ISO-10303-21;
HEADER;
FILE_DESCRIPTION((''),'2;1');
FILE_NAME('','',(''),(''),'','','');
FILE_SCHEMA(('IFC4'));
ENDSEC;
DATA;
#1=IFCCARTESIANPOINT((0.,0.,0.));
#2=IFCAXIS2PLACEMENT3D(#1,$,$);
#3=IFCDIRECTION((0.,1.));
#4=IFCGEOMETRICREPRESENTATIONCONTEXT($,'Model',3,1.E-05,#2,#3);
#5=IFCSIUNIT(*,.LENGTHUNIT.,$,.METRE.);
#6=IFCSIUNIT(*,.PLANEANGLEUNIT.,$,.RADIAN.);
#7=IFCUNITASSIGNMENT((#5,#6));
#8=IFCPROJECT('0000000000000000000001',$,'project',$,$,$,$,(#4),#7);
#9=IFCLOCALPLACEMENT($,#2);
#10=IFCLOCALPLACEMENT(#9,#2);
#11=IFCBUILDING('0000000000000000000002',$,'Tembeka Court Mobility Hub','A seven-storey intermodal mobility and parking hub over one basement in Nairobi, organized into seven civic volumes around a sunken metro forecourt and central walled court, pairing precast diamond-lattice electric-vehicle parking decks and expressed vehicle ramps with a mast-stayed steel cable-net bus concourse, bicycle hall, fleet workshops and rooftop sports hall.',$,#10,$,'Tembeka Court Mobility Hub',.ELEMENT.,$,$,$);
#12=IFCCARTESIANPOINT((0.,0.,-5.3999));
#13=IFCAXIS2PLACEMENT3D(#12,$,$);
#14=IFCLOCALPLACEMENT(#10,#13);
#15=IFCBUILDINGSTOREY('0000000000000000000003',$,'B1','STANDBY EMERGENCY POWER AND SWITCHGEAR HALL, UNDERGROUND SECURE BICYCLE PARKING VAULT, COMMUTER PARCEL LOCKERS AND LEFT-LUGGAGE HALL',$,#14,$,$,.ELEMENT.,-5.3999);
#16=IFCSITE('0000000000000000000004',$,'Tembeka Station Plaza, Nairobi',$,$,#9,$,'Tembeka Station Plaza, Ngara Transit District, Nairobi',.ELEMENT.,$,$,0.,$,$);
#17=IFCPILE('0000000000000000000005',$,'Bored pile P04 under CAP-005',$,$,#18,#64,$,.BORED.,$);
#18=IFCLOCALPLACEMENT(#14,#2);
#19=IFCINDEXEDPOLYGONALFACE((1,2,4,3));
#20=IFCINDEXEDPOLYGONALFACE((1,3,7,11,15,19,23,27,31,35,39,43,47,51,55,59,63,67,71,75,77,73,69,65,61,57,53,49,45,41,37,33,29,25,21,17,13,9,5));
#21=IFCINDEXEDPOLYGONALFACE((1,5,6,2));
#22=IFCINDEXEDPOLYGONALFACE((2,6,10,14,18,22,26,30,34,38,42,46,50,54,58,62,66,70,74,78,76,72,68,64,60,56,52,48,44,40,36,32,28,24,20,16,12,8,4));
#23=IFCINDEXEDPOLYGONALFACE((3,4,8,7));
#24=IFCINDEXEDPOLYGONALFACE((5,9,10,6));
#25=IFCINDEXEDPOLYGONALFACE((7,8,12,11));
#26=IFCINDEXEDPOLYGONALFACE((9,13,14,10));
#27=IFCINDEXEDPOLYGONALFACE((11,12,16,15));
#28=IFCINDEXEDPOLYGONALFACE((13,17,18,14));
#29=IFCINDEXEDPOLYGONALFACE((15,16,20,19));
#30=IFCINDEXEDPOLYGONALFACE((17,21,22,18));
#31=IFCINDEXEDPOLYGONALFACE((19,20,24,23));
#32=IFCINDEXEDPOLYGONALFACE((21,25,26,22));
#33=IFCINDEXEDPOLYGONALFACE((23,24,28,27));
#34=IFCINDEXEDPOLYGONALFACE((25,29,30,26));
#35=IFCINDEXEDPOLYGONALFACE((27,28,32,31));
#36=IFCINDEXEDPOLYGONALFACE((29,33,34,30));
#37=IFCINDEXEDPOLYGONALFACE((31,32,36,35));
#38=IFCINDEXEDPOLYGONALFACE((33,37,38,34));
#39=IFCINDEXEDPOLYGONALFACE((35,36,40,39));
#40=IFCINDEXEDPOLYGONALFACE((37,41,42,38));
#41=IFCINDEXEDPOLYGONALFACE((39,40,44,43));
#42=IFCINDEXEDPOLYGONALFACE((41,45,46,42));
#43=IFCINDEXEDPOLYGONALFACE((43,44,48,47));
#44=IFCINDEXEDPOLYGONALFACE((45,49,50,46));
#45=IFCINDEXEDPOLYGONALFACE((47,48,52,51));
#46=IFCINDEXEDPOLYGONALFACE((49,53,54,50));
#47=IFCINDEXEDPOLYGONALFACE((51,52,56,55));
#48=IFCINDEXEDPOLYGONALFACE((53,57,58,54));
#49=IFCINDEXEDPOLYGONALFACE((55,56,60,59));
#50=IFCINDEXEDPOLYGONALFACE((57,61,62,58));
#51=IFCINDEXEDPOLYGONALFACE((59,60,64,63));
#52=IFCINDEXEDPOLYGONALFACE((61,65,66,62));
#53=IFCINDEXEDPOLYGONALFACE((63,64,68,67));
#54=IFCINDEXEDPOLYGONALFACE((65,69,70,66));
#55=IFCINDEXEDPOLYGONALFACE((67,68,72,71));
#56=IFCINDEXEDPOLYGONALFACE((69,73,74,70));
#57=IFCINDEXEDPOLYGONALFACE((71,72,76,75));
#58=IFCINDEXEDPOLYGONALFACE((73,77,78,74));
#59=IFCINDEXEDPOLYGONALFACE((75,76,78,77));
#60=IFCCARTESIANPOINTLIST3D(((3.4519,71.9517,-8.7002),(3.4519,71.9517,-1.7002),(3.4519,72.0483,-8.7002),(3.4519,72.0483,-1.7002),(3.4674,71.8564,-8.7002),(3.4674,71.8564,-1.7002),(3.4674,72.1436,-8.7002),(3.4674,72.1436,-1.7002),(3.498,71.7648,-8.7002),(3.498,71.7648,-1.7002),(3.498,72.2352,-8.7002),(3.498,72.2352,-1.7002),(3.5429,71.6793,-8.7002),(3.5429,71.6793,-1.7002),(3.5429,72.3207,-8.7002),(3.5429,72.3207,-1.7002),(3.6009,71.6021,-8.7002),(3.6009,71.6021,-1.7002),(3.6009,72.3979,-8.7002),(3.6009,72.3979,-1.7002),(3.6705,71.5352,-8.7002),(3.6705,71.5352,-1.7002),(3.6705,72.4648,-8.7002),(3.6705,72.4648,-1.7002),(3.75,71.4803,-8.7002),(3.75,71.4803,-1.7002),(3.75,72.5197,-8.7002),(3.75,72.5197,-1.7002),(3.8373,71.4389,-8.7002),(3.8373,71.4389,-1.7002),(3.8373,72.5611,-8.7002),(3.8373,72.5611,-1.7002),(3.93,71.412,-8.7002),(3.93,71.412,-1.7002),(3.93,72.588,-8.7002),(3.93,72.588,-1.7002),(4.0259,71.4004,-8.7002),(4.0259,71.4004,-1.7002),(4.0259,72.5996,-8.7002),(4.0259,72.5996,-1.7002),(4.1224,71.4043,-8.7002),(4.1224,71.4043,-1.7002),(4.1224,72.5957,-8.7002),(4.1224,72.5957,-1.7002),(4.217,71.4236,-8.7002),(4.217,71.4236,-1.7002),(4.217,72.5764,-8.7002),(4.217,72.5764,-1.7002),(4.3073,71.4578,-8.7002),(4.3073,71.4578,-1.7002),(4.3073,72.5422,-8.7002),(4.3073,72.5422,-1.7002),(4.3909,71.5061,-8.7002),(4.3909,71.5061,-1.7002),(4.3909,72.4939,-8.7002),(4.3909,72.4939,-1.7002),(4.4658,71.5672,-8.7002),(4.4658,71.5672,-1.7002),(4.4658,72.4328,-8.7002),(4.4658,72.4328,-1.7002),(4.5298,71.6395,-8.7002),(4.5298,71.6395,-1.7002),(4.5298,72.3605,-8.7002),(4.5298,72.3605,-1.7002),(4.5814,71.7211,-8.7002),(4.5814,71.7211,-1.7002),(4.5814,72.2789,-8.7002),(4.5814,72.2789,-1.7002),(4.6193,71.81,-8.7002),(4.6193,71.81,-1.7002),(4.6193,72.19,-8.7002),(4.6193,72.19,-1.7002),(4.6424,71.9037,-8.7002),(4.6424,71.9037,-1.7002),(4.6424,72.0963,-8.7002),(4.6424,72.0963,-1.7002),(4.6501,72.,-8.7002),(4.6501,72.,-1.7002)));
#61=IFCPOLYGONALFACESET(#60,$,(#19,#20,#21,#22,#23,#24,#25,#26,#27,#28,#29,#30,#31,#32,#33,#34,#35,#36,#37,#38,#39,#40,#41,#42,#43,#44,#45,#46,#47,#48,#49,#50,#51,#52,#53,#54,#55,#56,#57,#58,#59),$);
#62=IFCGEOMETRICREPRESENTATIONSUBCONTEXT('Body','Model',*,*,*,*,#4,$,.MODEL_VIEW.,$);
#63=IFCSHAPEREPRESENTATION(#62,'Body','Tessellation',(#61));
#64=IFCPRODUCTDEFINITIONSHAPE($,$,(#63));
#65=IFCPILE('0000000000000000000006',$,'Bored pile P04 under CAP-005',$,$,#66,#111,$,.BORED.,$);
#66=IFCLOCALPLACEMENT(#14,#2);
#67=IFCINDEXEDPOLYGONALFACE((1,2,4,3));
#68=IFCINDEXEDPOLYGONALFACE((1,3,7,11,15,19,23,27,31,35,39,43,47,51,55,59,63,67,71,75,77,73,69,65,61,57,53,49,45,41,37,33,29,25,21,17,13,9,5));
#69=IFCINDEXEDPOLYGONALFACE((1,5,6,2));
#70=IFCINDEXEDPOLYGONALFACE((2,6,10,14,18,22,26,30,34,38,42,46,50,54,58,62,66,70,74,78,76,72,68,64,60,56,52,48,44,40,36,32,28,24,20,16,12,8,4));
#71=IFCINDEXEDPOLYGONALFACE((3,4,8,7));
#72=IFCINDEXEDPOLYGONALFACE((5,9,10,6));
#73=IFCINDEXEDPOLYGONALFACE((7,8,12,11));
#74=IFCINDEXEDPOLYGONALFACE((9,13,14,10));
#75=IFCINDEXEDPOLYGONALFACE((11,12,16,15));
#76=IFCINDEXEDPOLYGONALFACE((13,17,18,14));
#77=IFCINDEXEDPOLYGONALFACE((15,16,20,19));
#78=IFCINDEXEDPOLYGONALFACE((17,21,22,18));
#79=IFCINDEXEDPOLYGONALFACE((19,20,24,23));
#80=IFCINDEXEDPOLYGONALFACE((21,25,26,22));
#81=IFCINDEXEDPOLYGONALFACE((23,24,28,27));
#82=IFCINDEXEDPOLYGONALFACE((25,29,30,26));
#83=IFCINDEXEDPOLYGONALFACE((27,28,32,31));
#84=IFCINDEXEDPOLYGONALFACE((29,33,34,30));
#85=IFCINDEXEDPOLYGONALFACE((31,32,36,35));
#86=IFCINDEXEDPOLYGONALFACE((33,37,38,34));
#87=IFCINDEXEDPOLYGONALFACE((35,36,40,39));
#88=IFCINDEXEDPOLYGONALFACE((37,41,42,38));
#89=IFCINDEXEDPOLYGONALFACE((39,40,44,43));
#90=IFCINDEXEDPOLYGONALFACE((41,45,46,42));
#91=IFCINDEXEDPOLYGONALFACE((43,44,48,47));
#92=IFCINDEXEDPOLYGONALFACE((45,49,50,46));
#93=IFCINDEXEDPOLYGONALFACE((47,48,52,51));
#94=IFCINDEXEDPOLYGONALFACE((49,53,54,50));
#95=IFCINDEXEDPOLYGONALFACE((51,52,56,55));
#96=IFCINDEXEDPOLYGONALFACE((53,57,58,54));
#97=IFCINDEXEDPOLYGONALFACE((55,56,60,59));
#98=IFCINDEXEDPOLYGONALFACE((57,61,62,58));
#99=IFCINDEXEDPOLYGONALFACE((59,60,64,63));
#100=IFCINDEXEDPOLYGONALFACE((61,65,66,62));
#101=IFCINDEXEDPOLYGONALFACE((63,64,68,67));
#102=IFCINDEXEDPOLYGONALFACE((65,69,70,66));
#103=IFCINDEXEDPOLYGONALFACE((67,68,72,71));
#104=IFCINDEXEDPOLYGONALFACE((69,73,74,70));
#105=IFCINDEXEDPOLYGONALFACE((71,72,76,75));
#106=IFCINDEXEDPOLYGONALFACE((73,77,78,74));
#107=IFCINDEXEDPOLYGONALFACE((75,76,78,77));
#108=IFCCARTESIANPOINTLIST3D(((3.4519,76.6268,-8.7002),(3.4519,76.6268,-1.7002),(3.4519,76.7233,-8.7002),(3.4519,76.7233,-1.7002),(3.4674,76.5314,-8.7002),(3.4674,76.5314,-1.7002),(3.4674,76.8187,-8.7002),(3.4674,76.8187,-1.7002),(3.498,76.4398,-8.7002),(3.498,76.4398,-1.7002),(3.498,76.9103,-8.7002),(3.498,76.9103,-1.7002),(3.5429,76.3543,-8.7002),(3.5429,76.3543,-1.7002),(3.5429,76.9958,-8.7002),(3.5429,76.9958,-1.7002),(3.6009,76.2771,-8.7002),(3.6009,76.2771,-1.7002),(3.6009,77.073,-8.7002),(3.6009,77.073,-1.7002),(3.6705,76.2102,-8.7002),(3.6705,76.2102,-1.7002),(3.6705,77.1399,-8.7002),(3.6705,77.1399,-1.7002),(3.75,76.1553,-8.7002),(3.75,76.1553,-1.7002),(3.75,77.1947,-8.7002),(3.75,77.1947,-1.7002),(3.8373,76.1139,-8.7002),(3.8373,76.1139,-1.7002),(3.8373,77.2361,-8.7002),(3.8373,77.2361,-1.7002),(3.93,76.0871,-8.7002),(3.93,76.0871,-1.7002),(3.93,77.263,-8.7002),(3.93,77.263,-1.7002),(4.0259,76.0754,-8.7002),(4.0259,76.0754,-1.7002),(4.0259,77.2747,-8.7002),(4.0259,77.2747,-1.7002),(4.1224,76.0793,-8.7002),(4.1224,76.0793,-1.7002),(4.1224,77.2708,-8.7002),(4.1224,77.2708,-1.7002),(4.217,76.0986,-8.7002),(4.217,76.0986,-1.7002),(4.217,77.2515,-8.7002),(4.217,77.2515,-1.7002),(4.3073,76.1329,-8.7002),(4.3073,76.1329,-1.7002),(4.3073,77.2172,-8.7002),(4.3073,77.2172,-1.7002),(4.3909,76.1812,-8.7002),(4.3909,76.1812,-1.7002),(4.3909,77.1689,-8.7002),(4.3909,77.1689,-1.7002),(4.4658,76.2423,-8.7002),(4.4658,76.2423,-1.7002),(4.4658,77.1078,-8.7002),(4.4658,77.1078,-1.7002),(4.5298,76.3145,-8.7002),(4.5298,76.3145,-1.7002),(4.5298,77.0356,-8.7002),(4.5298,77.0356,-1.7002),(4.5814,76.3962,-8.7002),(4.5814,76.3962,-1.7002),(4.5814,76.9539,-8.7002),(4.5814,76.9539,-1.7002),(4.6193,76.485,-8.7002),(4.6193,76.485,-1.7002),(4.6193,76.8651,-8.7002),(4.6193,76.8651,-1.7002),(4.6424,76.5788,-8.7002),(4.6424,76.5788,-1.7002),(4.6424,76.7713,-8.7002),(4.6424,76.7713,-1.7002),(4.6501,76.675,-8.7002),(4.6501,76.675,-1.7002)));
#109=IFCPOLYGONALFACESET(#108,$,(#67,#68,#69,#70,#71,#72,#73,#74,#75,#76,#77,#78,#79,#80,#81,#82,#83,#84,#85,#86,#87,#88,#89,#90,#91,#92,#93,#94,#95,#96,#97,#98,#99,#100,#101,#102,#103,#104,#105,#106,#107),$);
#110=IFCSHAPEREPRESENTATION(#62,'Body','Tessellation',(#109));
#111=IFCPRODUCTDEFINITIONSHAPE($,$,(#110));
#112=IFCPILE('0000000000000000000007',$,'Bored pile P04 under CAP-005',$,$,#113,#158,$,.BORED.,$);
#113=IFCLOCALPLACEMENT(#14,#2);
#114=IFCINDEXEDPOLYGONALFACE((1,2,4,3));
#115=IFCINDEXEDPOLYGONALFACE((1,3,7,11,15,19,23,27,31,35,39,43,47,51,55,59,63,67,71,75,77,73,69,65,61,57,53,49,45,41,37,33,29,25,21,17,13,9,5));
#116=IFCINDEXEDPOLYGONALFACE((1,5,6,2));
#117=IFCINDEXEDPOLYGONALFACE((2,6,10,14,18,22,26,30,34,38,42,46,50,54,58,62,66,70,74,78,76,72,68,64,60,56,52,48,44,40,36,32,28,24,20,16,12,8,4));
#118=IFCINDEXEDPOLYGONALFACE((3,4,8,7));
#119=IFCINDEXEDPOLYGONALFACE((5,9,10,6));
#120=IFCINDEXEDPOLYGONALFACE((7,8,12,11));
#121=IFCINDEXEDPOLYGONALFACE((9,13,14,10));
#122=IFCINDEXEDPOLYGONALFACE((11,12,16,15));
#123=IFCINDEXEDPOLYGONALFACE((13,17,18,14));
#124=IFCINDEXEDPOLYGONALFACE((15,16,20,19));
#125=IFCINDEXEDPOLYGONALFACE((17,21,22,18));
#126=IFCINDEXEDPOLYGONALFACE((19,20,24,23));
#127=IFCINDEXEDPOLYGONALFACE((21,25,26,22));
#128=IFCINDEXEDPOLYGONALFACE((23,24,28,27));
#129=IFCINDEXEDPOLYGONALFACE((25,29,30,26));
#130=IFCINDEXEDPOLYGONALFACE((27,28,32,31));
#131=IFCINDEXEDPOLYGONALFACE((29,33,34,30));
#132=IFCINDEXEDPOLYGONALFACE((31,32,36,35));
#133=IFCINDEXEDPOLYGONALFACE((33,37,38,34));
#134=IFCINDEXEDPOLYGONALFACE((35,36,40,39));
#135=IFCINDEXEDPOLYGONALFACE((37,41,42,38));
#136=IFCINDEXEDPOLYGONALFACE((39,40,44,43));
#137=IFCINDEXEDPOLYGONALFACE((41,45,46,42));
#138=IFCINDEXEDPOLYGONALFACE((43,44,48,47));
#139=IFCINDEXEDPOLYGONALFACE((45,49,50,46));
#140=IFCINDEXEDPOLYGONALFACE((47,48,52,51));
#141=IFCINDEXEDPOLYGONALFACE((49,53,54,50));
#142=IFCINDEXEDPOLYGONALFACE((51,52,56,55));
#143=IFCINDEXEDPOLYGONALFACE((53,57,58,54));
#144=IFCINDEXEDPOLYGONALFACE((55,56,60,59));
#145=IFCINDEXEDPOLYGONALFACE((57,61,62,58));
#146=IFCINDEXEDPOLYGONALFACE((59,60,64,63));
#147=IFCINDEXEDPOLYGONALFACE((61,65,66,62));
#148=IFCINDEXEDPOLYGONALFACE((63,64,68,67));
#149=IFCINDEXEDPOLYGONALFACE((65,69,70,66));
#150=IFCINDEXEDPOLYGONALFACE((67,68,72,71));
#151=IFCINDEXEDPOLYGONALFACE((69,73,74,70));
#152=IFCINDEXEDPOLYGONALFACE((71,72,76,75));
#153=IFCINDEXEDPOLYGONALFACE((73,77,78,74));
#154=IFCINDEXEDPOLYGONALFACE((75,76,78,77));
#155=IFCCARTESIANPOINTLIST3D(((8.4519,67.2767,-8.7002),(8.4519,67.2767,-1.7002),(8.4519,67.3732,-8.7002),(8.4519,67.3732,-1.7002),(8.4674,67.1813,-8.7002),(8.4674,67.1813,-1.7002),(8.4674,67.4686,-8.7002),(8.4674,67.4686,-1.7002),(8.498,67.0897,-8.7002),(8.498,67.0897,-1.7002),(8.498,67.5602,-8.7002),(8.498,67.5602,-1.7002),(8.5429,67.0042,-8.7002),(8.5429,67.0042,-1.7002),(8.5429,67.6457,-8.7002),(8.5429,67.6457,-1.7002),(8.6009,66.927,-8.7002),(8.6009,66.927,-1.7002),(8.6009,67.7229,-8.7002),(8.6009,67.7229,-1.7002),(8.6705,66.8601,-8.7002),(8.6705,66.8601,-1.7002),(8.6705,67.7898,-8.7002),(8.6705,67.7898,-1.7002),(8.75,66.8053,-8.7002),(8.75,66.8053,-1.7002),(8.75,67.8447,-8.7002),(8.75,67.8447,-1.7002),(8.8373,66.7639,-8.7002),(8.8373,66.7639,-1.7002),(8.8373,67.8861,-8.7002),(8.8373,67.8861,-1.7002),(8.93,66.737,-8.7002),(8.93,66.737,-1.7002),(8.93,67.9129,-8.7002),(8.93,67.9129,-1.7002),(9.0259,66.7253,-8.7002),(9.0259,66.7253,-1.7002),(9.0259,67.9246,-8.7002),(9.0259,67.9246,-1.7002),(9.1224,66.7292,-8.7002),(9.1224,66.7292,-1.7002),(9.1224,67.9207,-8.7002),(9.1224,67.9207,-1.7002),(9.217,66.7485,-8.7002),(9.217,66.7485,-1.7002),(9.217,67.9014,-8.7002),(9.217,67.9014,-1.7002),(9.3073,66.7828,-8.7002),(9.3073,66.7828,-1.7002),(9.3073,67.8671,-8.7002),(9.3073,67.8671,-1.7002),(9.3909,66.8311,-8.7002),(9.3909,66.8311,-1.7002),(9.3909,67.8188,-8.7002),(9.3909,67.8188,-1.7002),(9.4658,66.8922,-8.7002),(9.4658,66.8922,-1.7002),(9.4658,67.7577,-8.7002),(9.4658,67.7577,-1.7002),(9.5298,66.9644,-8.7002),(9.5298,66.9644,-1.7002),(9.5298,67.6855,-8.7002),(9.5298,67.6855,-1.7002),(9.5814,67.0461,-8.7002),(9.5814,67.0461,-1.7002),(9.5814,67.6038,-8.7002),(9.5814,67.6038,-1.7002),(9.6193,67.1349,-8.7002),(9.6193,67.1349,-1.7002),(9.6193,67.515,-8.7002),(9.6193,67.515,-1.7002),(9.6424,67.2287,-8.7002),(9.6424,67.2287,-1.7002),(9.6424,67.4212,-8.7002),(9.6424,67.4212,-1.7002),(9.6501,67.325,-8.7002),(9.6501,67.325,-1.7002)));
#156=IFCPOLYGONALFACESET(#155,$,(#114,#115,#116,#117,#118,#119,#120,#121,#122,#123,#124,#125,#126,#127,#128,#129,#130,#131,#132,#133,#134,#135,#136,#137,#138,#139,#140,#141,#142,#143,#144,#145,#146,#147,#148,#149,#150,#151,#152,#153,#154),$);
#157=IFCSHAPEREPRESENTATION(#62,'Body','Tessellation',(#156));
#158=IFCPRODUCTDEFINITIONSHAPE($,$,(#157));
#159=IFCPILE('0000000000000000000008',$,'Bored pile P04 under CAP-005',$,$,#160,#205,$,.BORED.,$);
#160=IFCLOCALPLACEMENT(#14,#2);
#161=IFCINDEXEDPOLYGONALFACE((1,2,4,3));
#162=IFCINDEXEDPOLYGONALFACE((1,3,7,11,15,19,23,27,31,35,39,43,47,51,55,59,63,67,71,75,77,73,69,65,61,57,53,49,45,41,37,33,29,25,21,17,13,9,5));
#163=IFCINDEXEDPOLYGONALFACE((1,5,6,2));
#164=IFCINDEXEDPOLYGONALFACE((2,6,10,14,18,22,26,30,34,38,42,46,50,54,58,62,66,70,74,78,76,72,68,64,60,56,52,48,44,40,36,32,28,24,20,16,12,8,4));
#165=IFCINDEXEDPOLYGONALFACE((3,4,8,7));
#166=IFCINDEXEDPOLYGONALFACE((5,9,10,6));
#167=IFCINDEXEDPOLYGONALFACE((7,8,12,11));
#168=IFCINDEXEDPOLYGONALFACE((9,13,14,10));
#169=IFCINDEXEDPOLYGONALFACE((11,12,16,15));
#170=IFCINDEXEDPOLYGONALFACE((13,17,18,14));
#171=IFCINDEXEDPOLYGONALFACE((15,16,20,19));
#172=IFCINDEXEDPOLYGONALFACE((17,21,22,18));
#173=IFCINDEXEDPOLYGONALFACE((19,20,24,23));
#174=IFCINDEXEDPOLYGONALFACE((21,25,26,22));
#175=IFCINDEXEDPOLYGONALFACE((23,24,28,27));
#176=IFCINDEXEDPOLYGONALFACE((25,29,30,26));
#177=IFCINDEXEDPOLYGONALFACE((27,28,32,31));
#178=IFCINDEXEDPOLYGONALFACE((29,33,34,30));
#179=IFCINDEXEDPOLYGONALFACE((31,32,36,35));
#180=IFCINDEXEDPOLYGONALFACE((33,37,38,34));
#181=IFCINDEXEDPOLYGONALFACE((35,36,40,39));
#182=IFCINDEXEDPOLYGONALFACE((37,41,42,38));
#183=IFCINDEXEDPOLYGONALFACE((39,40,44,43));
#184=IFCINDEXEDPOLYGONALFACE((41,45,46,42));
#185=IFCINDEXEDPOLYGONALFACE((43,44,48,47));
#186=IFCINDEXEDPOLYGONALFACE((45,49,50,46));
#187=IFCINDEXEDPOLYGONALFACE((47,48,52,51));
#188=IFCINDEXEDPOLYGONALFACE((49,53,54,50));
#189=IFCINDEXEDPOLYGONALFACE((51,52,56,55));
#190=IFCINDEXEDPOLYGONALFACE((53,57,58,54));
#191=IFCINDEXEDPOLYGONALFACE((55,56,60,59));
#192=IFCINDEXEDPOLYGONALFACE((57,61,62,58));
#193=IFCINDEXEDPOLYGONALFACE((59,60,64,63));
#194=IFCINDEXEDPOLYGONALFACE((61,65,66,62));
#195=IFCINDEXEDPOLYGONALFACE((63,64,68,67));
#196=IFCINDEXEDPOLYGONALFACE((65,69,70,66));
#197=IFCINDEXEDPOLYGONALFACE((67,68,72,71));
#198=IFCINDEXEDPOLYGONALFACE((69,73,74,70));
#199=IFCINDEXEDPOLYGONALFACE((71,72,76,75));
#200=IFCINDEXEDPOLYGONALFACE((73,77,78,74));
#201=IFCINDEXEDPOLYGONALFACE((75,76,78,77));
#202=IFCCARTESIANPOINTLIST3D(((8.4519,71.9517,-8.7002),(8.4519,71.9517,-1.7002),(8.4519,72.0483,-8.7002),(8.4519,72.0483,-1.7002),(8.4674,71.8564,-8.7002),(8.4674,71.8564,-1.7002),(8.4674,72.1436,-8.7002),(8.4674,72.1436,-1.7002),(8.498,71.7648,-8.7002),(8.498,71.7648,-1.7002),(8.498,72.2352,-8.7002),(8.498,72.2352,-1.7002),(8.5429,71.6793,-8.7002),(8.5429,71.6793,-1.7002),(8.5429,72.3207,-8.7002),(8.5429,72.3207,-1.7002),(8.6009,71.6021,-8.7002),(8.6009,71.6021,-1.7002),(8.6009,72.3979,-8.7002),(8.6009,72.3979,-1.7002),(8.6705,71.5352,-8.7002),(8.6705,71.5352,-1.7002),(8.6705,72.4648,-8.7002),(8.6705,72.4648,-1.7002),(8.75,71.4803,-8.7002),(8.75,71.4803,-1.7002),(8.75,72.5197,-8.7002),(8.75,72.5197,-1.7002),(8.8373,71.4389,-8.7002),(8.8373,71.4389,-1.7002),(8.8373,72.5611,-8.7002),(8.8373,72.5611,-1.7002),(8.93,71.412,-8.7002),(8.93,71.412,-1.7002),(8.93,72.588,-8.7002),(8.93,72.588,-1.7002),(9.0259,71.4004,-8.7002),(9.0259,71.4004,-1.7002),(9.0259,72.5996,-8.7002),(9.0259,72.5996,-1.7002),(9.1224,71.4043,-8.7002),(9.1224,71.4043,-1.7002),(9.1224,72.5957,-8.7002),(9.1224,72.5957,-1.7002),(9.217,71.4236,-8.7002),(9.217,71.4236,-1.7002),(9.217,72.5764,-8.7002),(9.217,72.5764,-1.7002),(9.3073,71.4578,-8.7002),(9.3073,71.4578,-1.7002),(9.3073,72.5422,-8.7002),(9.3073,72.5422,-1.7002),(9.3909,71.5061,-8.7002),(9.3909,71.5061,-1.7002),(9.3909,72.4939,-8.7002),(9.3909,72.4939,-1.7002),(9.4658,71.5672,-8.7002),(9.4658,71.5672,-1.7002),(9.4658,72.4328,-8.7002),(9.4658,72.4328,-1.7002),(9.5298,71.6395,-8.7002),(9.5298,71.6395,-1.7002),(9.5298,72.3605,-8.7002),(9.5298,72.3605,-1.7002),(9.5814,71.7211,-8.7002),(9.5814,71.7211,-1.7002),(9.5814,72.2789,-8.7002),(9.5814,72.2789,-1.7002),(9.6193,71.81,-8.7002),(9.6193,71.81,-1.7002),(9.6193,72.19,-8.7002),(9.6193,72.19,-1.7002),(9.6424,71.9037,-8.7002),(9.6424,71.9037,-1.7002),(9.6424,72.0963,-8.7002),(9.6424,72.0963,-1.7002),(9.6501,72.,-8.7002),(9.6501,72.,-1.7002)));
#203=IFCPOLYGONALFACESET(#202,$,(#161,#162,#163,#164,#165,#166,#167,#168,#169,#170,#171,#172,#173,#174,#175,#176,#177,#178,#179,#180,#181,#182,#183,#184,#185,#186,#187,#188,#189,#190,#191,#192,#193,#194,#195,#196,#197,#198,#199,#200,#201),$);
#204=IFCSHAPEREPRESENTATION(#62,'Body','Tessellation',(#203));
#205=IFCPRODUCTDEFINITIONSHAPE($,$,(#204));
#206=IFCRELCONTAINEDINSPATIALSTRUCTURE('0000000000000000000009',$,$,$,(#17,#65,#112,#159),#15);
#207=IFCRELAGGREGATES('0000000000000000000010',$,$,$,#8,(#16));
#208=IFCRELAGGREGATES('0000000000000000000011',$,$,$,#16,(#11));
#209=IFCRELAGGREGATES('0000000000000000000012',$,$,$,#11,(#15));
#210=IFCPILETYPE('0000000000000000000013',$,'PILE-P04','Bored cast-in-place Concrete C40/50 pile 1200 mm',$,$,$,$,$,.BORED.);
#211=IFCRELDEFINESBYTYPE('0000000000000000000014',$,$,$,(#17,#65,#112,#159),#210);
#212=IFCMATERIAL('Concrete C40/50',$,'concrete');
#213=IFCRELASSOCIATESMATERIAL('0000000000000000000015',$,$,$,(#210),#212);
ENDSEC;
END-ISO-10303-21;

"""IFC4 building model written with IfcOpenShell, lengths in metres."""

from ifc_helpers import new_model, si_unit, direction, frame, origin, origin_2d, place, context, subcontext, project, spatial, circle, extrude, material, material_profile, profile_set, type_object, element, save


model = new_model("IFC4")

# Units and contexts
model_context = context("Model", 3, precision=1e-05, world=origin(), true_north=direction((0.0, 1.0)))
body_context = subcontext(model_context, "Body", "Model", "MODEL_VIEW")
ifc_project = project(units=[si_unit("LENGTHUNIT", "METRE"), si_unit("PLANEANGLEUNIT", "RADIAN")], contexts=[model_context])

# Site, building, storey
site_placement = place(None, origin())
site = spatial("IfcSite", under=ifc_project, at=site_placement, Name="Tembeka Station Plaza, Nairobi", LongName="Tembeka Station Plaza, Ngara Transit District, Nairobi", CompositionType="ELEMENT", RefElevation=0.0)
building_placement = place(site_placement, origin())
building = spatial("IfcBuilding", under=site, at=building_placement, Name="Tembeka Court Mobility Hub", Description="A seven-storey intermodal mobility and parking hub over one basement in Nairobi, organized into seven civic volumes around a sunken metro forecourt and central walled court, pairing precast diamond-lattice electric-vehicle parking decks and expressed vehicle ramps with a mast-stayed steel cable-net bus concourse, bicycle hall, fleet workshops and rooftop sports hall.", LongName="Tembeka Court Mobility Hub", CompositionType="ELEMENT")
storey_placement = place(building_placement, frame((0.0, 0.0, -5.3999)))
storey = spatial("IfcBuildingStorey", under=building, at=storey_placement, Name="B1", Description="STANDBY EMERGENCY POWER AND SWITCHGEAR HALL, UNDERGROUND SECURE BICYCLE PARKING VAULT, COMMUTER PARCEL LOCKERS AND LEFT-LUGGAGE HALL", CompositionType="ELEMENT", Elevation=-5.3999)

# Shared definitions
ifc_material_1 = material(Name="Concrete C40/50", Category="concrete")

# Piles
ifc_material_profile_1 = material_profile(ifc_material_1, circle(Radius=0.6001, at=origin_2d()), Name="PILE D1200")
ifc_profile_set_1 = profile_set([ifc_material_profile_1], Name="Concrete C40/50")
pile_type = type_object("IfcPileType", Name="PILE-P04", Description="Bored cast-in-place Concrete C40/50 pile 1200 mm", PredefinedType="BORED", material=ifc_profile_set_1)
for number, where, z_axis, x_axis, name in (
    (1, (4.05, 72.0, -1.7002), (0.0, 0.0, -1.0), (1.0, 0.0, 0.0), "Bored pile P04 under CAP-005"),
    (2, (4.05, 76.675, -1.7002), (0.0, 0.0, -1.0), (1.0, 0.0, 0.0), "Bored pile P04 under CAP-005"),
    (3, (9.05, 67.325, -1.7002), (0.0, 0.0, -1.0), (1.0, 0.0, 0.0), "Bored pile P04 under CAP-005"),
    (4, (9.05, 72.0, -1.7002), (0.0, 0.0, -1.0), (1.0, 0.0, 0.0), "Bored pile P04 under CAP-005"),
):
    element("IfcPile", number, at=place(storey_placement, frame(where, z_axis=z_axis, x_axis=x_axis)), inside=storey, type_object=pile_type, Name=name, PredefinedType="BORED", context=body_context, shape_type="SweptSolid", body=[
        extrude(circle(Radius=0.6001, at=origin_2d()), origin(), (0.0, 0.0, 1.0), 7.0),
    ])

save(model, "model.ifc")
